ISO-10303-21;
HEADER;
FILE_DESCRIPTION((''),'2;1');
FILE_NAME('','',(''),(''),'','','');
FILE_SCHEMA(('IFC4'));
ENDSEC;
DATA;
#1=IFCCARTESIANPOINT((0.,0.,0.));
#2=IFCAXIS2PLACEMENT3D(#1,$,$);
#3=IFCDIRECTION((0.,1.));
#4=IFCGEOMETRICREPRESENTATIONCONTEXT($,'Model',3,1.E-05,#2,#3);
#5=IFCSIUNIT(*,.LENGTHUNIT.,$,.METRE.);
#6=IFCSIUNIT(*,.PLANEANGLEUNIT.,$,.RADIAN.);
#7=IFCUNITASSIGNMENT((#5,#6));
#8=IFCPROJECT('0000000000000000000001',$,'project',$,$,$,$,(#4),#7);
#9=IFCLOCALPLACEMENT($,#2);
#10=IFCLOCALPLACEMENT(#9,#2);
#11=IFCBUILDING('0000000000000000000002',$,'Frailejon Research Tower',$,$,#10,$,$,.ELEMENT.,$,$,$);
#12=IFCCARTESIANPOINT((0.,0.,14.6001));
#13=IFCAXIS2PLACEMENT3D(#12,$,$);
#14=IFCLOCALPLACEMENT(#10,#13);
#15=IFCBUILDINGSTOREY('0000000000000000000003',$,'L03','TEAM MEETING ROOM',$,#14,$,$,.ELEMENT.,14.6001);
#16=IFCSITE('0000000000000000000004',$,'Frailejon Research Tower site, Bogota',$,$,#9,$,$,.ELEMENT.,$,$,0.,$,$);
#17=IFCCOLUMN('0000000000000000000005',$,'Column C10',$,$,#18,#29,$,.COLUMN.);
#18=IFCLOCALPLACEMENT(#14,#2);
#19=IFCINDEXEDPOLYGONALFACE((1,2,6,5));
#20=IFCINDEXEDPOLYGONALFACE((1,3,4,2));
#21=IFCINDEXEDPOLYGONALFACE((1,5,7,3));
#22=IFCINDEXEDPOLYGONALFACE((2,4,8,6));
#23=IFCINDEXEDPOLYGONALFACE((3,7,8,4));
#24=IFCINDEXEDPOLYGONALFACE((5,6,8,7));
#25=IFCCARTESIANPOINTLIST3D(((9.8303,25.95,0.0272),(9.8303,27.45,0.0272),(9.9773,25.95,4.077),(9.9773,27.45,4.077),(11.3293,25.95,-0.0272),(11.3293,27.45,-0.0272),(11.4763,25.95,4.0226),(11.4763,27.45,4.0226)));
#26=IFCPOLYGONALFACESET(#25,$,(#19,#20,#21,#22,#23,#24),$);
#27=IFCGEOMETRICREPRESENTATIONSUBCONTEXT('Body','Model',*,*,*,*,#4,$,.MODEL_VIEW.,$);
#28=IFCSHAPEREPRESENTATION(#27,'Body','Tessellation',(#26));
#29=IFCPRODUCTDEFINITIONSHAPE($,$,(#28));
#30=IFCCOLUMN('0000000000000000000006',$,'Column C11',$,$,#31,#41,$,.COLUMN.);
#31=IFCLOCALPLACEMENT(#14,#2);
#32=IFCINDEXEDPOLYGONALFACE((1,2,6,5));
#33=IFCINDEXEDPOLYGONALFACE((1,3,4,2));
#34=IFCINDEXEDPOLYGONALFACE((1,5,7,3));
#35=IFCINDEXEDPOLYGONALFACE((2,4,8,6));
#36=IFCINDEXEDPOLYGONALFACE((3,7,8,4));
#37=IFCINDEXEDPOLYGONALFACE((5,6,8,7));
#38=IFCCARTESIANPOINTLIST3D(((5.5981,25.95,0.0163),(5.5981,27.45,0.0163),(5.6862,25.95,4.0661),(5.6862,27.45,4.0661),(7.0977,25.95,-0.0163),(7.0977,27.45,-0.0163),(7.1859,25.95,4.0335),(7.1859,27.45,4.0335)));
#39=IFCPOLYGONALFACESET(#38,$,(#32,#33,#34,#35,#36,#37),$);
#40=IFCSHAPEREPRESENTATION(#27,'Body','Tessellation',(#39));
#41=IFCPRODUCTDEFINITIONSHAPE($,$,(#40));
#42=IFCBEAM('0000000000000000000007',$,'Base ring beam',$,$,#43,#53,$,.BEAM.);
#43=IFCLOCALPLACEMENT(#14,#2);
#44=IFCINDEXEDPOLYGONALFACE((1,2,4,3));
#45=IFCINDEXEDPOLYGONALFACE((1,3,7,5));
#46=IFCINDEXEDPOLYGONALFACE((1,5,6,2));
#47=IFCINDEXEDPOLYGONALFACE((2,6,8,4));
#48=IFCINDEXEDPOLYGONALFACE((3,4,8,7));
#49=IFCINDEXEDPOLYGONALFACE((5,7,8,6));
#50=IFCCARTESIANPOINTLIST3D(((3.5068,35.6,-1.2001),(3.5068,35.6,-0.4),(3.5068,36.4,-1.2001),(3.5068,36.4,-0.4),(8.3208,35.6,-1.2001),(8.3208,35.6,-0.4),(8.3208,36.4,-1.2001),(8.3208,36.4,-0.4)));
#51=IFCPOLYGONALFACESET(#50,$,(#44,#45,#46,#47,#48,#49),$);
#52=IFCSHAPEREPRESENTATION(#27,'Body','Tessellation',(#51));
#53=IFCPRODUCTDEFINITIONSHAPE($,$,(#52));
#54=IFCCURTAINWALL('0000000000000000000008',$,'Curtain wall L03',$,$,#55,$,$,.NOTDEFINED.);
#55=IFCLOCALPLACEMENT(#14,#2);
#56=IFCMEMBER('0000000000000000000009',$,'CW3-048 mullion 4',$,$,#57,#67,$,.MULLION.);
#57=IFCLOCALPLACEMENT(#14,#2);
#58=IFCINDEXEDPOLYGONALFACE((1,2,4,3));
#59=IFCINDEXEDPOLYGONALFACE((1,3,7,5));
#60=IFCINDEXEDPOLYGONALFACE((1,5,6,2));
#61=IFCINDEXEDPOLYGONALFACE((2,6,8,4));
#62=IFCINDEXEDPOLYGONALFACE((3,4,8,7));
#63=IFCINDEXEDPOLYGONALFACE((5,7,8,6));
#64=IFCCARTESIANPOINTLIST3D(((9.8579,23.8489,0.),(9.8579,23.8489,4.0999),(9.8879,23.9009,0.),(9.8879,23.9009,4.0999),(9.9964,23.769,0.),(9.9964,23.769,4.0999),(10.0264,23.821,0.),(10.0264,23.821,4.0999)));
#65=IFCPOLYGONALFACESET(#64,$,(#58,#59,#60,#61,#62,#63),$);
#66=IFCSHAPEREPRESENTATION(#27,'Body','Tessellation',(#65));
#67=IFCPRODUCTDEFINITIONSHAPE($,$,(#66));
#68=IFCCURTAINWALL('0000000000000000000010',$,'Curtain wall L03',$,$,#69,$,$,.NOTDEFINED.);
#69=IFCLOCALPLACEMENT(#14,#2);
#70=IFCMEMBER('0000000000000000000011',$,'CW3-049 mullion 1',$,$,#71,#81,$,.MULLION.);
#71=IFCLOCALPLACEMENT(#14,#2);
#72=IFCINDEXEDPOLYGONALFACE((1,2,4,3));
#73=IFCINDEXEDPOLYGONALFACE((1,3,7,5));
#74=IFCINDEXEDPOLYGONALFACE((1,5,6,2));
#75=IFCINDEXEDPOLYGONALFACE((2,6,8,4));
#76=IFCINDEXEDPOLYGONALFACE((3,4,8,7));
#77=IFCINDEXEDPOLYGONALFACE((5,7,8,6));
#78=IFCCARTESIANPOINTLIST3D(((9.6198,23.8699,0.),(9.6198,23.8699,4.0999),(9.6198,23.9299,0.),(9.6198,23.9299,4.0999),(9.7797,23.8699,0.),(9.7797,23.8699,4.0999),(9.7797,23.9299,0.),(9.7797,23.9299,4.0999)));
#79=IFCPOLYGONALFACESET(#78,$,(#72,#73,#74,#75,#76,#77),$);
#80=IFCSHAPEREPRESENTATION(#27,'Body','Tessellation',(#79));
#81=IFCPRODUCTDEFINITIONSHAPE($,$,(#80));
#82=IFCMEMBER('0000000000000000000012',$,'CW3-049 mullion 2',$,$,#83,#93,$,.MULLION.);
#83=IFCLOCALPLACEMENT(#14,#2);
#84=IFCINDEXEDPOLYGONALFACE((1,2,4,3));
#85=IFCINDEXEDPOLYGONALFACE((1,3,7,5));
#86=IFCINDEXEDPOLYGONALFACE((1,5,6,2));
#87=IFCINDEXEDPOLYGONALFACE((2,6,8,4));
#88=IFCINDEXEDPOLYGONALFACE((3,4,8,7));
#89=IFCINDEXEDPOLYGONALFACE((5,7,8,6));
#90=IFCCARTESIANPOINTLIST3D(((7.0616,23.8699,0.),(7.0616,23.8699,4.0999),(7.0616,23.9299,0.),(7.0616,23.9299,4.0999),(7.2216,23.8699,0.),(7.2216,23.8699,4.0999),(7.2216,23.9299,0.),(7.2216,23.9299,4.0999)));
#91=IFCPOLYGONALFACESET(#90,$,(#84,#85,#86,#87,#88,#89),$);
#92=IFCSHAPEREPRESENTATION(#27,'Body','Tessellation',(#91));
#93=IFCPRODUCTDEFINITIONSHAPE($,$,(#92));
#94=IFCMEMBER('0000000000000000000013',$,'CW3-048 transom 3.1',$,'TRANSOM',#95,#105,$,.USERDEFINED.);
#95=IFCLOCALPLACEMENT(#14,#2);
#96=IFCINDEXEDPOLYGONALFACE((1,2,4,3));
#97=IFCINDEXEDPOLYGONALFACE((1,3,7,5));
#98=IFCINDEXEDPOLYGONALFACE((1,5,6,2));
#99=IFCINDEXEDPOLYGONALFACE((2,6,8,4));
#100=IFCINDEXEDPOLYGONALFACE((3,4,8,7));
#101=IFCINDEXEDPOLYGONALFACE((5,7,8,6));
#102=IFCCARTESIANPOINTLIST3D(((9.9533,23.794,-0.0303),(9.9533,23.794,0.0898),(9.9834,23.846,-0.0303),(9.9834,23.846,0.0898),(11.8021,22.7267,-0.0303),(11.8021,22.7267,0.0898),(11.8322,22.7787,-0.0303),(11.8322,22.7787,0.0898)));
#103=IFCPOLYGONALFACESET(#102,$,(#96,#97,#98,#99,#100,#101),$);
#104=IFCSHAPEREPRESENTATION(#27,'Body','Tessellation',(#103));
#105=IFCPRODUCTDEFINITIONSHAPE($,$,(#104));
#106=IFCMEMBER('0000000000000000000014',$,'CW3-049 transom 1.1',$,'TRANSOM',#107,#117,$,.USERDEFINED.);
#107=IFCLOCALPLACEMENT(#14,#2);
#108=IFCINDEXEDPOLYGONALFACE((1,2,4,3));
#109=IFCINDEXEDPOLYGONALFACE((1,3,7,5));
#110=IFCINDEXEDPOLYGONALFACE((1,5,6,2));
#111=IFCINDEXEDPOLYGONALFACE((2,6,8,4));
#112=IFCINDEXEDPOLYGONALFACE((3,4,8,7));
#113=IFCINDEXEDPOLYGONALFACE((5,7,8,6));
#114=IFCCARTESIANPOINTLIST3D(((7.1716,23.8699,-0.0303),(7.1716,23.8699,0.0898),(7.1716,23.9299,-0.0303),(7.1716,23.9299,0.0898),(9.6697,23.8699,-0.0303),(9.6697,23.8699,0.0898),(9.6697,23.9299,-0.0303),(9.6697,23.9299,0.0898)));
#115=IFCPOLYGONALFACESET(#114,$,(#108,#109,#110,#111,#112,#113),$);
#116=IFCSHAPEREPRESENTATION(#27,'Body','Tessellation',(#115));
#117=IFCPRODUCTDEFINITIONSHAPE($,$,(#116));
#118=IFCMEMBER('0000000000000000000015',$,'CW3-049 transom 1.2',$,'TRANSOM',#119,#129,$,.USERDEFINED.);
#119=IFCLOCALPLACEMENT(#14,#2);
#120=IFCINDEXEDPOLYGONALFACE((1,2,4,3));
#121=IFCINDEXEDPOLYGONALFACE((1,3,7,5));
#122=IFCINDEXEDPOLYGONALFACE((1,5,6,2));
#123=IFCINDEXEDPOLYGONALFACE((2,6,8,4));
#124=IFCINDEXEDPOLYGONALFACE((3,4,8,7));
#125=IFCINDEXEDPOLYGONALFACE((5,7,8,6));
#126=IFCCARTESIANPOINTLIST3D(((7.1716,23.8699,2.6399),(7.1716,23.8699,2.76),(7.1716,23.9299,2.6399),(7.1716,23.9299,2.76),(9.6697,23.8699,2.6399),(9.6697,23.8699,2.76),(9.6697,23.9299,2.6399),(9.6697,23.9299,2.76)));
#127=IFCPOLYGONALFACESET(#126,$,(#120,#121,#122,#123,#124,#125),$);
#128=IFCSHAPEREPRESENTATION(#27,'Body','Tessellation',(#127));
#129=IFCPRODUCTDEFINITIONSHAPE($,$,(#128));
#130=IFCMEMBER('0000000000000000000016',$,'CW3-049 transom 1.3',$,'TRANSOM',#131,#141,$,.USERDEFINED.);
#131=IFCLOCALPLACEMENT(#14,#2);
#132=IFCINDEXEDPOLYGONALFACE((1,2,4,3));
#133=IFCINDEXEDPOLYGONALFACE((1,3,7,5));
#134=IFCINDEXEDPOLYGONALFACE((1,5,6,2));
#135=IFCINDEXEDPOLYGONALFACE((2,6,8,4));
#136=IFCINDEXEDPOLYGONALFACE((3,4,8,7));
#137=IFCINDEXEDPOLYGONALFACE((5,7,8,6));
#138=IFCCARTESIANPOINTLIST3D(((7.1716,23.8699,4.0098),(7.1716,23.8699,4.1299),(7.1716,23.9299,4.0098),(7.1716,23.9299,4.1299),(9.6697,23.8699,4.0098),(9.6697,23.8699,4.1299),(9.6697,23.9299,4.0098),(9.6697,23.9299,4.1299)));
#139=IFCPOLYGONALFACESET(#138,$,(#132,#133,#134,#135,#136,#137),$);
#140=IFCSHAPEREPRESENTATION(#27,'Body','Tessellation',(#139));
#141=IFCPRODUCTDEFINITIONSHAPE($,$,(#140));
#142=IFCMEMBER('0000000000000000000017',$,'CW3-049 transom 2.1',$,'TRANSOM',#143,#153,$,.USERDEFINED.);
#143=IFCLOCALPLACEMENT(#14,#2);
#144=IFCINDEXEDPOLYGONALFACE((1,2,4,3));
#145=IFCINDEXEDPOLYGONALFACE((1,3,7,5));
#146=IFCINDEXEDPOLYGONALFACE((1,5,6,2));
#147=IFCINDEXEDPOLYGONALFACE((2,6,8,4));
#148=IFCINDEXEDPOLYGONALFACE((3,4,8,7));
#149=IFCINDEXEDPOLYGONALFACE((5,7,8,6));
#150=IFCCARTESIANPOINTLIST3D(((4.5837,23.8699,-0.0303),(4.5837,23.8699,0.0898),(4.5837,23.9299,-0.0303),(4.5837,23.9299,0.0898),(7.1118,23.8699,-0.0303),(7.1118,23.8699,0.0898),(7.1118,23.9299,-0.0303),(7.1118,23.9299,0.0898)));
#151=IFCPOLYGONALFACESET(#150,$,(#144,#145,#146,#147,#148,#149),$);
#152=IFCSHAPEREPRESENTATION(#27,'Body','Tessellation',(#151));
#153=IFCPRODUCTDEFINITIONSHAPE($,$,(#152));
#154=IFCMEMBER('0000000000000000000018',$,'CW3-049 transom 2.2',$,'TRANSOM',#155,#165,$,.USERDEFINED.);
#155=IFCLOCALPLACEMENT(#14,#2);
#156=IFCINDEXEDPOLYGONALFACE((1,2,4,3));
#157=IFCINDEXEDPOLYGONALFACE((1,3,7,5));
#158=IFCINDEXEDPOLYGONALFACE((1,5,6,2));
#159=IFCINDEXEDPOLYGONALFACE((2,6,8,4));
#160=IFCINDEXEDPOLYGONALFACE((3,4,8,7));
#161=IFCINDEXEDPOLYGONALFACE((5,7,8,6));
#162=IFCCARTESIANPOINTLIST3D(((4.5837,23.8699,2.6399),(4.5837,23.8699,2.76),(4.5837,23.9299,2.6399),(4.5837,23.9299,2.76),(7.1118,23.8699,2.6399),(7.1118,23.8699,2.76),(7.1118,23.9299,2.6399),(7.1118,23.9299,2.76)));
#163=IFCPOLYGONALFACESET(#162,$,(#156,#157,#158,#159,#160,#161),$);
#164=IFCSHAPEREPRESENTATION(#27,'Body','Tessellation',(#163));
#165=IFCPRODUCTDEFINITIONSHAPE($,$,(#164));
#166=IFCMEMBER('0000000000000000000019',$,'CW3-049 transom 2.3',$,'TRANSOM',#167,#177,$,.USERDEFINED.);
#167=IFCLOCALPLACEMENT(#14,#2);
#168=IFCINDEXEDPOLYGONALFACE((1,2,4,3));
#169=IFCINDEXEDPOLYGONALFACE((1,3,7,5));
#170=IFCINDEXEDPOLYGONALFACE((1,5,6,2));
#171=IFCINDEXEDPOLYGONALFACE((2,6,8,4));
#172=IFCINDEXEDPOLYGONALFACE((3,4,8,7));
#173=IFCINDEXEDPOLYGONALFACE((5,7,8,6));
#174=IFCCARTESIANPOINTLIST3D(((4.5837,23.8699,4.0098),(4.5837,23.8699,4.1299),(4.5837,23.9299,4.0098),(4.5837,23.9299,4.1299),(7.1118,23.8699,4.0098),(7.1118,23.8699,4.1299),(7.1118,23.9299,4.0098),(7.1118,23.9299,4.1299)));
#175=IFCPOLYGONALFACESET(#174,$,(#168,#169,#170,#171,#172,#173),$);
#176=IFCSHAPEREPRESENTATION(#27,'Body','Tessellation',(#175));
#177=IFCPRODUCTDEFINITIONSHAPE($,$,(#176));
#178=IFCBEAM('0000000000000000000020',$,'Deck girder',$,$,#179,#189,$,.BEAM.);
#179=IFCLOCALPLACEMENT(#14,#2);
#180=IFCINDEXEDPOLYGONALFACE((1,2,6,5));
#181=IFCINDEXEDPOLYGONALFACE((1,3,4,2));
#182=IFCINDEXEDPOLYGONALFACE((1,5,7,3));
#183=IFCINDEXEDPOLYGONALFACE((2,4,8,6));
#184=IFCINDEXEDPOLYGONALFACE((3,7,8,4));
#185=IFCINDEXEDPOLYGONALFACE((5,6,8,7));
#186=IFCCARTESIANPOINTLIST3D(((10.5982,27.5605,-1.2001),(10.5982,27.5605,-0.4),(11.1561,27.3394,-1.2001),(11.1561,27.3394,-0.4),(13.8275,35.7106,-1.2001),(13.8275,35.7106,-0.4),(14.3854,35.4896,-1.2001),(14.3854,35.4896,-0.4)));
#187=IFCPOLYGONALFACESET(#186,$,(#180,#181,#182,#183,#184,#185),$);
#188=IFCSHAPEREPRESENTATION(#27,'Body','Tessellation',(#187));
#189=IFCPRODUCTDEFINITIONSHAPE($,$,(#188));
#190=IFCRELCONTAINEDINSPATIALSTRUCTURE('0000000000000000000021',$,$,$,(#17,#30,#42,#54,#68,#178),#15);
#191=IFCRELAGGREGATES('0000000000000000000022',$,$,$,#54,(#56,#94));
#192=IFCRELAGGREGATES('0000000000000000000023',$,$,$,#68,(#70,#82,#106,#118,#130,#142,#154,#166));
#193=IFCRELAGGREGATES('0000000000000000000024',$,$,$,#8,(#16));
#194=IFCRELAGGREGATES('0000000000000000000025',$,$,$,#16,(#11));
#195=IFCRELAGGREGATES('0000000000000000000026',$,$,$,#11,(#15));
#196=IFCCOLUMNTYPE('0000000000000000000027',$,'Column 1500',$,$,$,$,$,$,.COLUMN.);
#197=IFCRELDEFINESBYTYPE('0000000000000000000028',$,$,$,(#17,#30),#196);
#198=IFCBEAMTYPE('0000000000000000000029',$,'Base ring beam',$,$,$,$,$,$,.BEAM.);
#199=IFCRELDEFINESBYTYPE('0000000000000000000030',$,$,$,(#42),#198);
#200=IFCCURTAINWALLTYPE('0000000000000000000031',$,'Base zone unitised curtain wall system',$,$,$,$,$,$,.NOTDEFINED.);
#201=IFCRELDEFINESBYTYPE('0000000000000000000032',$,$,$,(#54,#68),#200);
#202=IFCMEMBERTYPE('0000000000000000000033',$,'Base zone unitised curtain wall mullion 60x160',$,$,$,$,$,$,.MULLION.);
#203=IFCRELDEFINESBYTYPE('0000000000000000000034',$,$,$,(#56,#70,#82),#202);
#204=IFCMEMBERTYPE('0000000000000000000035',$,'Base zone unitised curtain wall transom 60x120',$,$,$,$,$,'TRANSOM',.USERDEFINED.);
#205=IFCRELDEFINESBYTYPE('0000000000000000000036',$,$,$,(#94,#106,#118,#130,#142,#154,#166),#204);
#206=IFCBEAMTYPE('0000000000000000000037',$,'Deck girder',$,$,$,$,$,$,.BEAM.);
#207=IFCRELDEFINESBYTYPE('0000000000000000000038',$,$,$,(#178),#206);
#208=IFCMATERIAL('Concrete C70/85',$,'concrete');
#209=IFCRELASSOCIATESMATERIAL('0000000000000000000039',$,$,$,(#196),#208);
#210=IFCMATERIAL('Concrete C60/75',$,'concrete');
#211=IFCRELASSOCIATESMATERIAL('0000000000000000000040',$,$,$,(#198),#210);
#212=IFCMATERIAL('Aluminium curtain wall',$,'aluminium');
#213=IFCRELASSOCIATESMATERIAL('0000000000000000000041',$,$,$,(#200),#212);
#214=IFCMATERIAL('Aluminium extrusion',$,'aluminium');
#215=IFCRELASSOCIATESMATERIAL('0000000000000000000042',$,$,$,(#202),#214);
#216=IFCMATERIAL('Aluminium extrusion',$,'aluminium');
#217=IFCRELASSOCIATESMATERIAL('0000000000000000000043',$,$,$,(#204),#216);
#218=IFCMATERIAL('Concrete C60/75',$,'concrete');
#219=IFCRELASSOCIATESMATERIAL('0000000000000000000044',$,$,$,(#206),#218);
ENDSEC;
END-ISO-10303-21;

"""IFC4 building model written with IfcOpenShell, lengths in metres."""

from ifc_helpers import new_model, si_unit, direction, frame, origin, origin_2d, place, context, subcontext, project, spatial, rectangle, extrude, material, material_profile, profile_set, type_object, element, aggregate, save


model = new_model("IFC4")

# Units and contexts
model_context = context("Model", 3, precision=1e-05, world=origin(), true_north=direction((0.0, 1.0)))
body_context = subcontext(model_context, "Body", "Model", "MODEL_VIEW")
ifc_project = project(units=[si_unit("LENGTHUNIT", "METRE"), si_unit("PLANEANGLEUNIT", "RADIAN")], contexts=[model_context])

# Site, building, storey
site_placement = place(None, origin())
site = spatial("IfcSite", under=ifc_project, at=site_placement, Name="Frailejon Research Tower site, Bogota", CompositionType="ELEMENT", RefElevation=0.0)
building_placement = place(site_placement, origin())
building = spatial("IfcBuilding", under=site, at=building_placement, Name="Frailejon Research Tower", CompositionType="ELEMENT")
storey_placement = place(building_placement, frame((0.0, 0.0, 14.6001)))
storey = spatial("IfcBuildingStorey", under=building, at=storey_placement, Name="L03", Description="TEAM MEETING ROOM", CompositionType="ELEMENT", Elevation=14.6001)

# Columns
ifc_material_1 = material(Name="Concrete C70/85", Category="concrete")
ifc_material_profile_1 = material_profile(ifc_material_1, rectangle(XDim=1.5, YDim=1.5, at=origin_2d()), Name="Column 1500")
ifc_profile_set_1 = profile_set([ifc_material_profile_1], Name="Concrete C70/85")
column_type = type_object("IfcColumnType", Name="Column 1500", PredefinedType="COLUMN", material=ifc_profile_set_1)
column_1_placement = place(storey_placement, frame((10.5798, 26.7, 0.0), z_axis=(0.036267, 0.0, 0.999342), x_axis=(-0.999342, 0.0, 0.036267)))
element("IfcColumn", 1, at=column_1_placement, inside=storey, type_object=column_type, Name="Column C10", PredefinedType="COLUMN", context=body_context, shape_type="SweptSolid", body=[
    extrude(rectangle(XDim=1.5, YDim=1.5, at=origin_2d()), origin(), (0.0, 0.0, 1.0), 4.0525),
])
column_2_placement = place(storey_placement, frame((6.3479, 26.7, 0.0), z_axis=(0.021758, 0.0, 0.999763), x_axis=(-0.999763, 0.0, 0.021758)))
element("IfcColumn", 2, at=column_2_placement, inside=storey, type_object=column_type, Name="Column C11", PredefinedType="COLUMN", context=body_context, shape_type="SweptSolid", body=[
    extrude(rectangle(XDim=1.5, YDim=1.5, at=origin_2d()), origin(), (0.0, 0.0, 1.0), 4.0508),
])

# Beam
ifc_material_2 = material(Name="Concrete C60/75", Category="concrete")
ifc_material_profile_2 = material_profile(ifc_material_2, rectangle(XDim=0.8, YDim=0.8, at=origin_2d()), Name="Base ring beam")
ifc_profile_set_2 = profile_set([ifc_material_profile_2], Name="Concrete C60/75")
beam_type_1 = type_object("IfcBeamType", Name="Base ring beam", PredefinedType="BEAM", material=ifc_profile_set_2)
beam_1_placement = place(storey_placement, frame((8.3208, 36.0, -0.8), z_axis=(-1.0, 0.0, 0.0), x_axis=(0.0, -1.0, 0.0)))
element("IfcBeam", 3, at=beam_1_placement, inside=storey, type_object=beam_type_1, Name="Base ring beam", PredefinedType="BEAM", context=body_context, shape_type="SweptSolid", body=[
    extrude(rectangle(XDim=0.8, YDim=0.8, at=origin_2d()), origin(), (0.0, 0.0, 1.0), 4.814),
])

# Curtain wall, member
ifc_material_3 = material(Name="Aluminium curtain wall", Category="aluminium")
curtain_wall_type = type_object("IfcCurtainWallType", Name="Base zone unitised curtain wall system", PredefinedType="NOTDEFINED", material=ifc_material_3)
curtain_wall_1_placement = place(storey_placement, origin())
curtain_wall_1 = element("IfcCurtainWall", 4, at=curtain_wall_1_placement, inside=storey, type_object=curtain_wall_type, Name="Curtain wall L03", PredefinedType="NOTDEFINED")
ifc_material_4 = material(Name="Aluminium extrusion", Category="aluminium")
ifc_material_profile_3 = material_profile(ifc_material_4, rectangle(XDim=0.0601, YDim=0.1599, at=origin_2d()), Name="Base zone unitised curtain wall mullion 60x160")
ifc_profile_set_3 = profile_set([ifc_material_profile_3], Name="Aluminium extrusion")
member_type_1 = type_object("IfcMemberType", Name="Base zone unitised curtain wall mullion 60x160", PredefinedType="MULLION", material=ifc_profile_set_3)
member_1_placement = place(storey_placement, frame((9.9421, 23.835, 0.0), z_axis=(0.0, 0.0, 1.0), x_axis=(-0.499998, -0.866026, 0.0)))
member_1 = element("IfcMember", 5, at=member_1_placement, type_object=member_type_1, Name="CW3-048 mullion 4", PredefinedType="MULLION", context=body_context, shape_type="SweptSolid", body=[
    extrude(rectangle(XDim=0.0601, YDim=0.1599, at=origin_2d()), origin(), (0.0, 0.0, 1.0), 4.0999),
])

# Curtain wall, members
curtain_wall_2_placement = place(storey_placement, origin())
curtain_wall_2 = element("IfcCurtainWall", 6, at=curtain_wall_2_placement, inside=storey, type_object=curtain_wall_type, Name="Curtain wall L03", PredefinedType="NOTDEFINED")
member_2_placement = place(storey_placement, frame((9.6997, 23.8999, 0.0), z_axis=(0.0, 0.0, 1.0), x_axis=(0.0, -1.0, 0.0)))
member_2 = element("IfcMember", 7, at=member_2_placement, type_object=member_type_1, Name="CW3-049 mullion 1", PredefinedType="MULLION", context=body_context, shape_type="SweptSolid", body=[
    extrude(rectangle(XDim=0.0601, YDim=0.1599, at=origin_2d()), origin(), (0.0, 0.0, 1.0), 4.0999),
])
member_3_placement = place(storey_placement, frame((7.1416, 23.8999, 0.0), z_axis=(0.0, 0.0, 1.0), x_axis=(0.0, -1.0, 0.0)))
member_3 = element("IfcMember", 8, at=member_3_placement, type_object=member_type_1, Name="CW3-049 mullion 2", PredefinedType="MULLION", context=body_context, shape_type="SweptSolid", body=[
    extrude(rectangle(XDim=0.0601, YDim=0.1599, at=origin_2d()), origin(), (0.0, 0.0, 1.0), 4.0999),
])

# Members
ifc_material_5 = material(Name="Aluminium extrusion", Category="aluminium")
ifc_material_profile_4 = material_profile(ifc_material_5, rectangle(XDim=0.0601, YDim=0.1201, at=origin_2d()), Name="Base zone unitised curtain wall transom 60x120")
ifc_profile_set_4 = profile_set([ifc_material_profile_4], Name="Aluminium extrusion")
member_type_2 = type_object("IfcMemberType", Name="Base zone unitised curtain wall transom 60x120", ElementType="TRANSOM", PredefinedType="USERDEFINED", material=ifc_profile_set_4)
member_4_placement = place(storey_placement, frame((11.8171, 22.7527, 0.0298), z_axis=(-0.866039, 0.499977, 0.0), x_axis=(-0.499977, -0.866039, 0.0)))
member_4 = element("IfcMember", 9, at=member_4_placement, type_object=member_type_2, Name="CW3-048 transom 3.1", ObjectType="TRANSOM", PredefinedType="USERDEFINED", context=body_context, shape_type="SweptSolid", body=[
    extrude(rectangle(XDim=0.0601, YDim=0.1201, at=origin_2d()), origin(), (0.0, 0.0, 1.0), 2.1348),
])
member_5_placement = place(storey_placement, frame((9.6697, 23.8999, 0.0298), z_axis=(-1.0, 0.0, 0.0), x_axis=(0.0, -1.0, 0.0)))
member_5 = element("IfcMember", 10, at=member_5_placement, type_object=member_type_2, Name="CW3-049 transom 1.1", ObjectType="TRANSOM", PredefinedType="USERDEFINED", context=body_context, shape_type="SweptSolid", body=[
    extrude(rectangle(XDim=0.0601, YDim=0.1201, at=origin_2d()), origin(), (0.0, 0.0, 1.0), 2.498),
])
member_6_placement = place(storey_placement, frame((9.6697, 23.8999, 2.7), z_axis=(-1.0, 0.0, 0.0), x_axis=(0.0, -1.0, 0.0)))
member_6 = element("IfcMember", 11, at=member_6_placement, type_object=member_type_2, Name="CW3-049 transom 1.2", ObjectType="TRANSOM", PredefinedType="USERDEFINED", context=body_context, shape_type="SweptSolid", body=[
    extrude(rectangle(XDim=0.0601, YDim=0.1201, at=origin_2d()), origin(), (0.0, 0.0, 1.0), 2.498),
])
member_7_placement = place(storey_placement, frame((9.6697, 23.8999, 4.0698), z_axis=(-1.0, 0.0, 0.0), x_axis=(0.0, -1.0, 0.0)))
member_7 = element("IfcMember", 12, at=member_7_placement, type_object=member_type_2, Name="CW3-049 transom 1.3", ObjectType="TRANSOM", PredefinedType="USERDEFINED", context=body_context, shape_type="SweptSolid", body=[
    extrude(rectangle(XDim=0.0601, YDim=0.1201, at=origin_2d()), origin(), (0.0, 0.0, 1.0), 2.498),
])
member_8_placement = place(storey_placement, frame((7.1118, 23.8999, 0.0298), z_axis=(-1.0, 0.0, 0.0), x_axis=(0.0, -1.0, 0.0)))
member_8 = element("IfcMember", 13, at=member_8_placement, type_object=member_type_2, Name="CW3-049 transom 2.1", ObjectType="TRANSOM", PredefinedType="USERDEFINED", context=body_context, shape_type="SweptSolid", body=[
    extrude(rectangle(XDim=0.0601, YDim=0.1201, at=origin_2d()), origin(), (0.0, 0.0, 1.0), 2.5281),
])
member_9_placement = place(storey_placement, frame((7.1118, 23.8999, 2.7), z_axis=(-1.0, 0.0, 0.0), x_axis=(0.0, -1.0, 0.0)))
member_9 = element("IfcMember", 14, at=member_9_placement, type_object=member_type_2, Name="CW3-049 transom 2.2", ObjectType="TRANSOM", PredefinedType="USERDEFINED", context=body_context, shape_type="SweptSolid", body=[
    extrude(rectangle(XDim=0.0601, YDim=0.1201, at=origin_2d()), origin(), (0.0, 0.0, 1.0), 2.5281),
])
member_10_placement = place(storey_placement, frame((7.1118, 23.8999, 4.0698), z_axis=(-1.0, 0.0, 0.0), x_axis=(0.0, -1.0, 0.0)))
member_10 = element("IfcMember", 15, at=member_10_placement, type_object=member_type_2, Name="CW3-049 transom 2.3", ObjectType="TRANSOM", PredefinedType="USERDEFINED", context=body_context, shape_type="SweptSolid", body=[
    extrude(rectangle(XDim=0.0601, YDim=0.1201, at=origin_2d()), origin(), (0.0, 0.0, 1.0), 2.5281),
])

# Beam
ifc_material_6 = material(Name="Concrete C60/75", Category="concrete")
ifc_material_profile_5 = material_profile(ifc_material_6, rectangle(XDim=0.6001, YDim=0.8, at=origin_2d()), Name="Deck girder")
ifc_profile_set_5 = profile_set([ifc_material_profile_5], Name="Concrete C60/75")
beam_type_2 = type_object("IfcBeamType", Name="Deck girder", PredefinedType="BEAM", material=ifc_profile_set_5)
beam_2_placement = place(storey_placement, frame((10.8772, 27.45, -0.8), z_axis=(0.368359, 0.929684, 0.0), x_axis=(-0.929684, 0.368359, 0.0)))
element("IfcBeam", 16, at=beam_2_placement, inside=storey, type_object=beam_type_2, Name="Deck girder", PredefinedType="BEAM", context=body_context, shape_type="SweptSolid", body=[
    extrude(rectangle(XDim=0.6001, YDim=0.8, at=origin_2d()), origin(), (0.0, 0.0, 1.0), 8.7666),
])

aggregate(curtain_wall_1, [member_1, member_4])
aggregate(curtain_wall_2, [member_2, member_3, member_5, member_6, member_7, member_8, member_9, member_10])

save(model, "model.ifc")
